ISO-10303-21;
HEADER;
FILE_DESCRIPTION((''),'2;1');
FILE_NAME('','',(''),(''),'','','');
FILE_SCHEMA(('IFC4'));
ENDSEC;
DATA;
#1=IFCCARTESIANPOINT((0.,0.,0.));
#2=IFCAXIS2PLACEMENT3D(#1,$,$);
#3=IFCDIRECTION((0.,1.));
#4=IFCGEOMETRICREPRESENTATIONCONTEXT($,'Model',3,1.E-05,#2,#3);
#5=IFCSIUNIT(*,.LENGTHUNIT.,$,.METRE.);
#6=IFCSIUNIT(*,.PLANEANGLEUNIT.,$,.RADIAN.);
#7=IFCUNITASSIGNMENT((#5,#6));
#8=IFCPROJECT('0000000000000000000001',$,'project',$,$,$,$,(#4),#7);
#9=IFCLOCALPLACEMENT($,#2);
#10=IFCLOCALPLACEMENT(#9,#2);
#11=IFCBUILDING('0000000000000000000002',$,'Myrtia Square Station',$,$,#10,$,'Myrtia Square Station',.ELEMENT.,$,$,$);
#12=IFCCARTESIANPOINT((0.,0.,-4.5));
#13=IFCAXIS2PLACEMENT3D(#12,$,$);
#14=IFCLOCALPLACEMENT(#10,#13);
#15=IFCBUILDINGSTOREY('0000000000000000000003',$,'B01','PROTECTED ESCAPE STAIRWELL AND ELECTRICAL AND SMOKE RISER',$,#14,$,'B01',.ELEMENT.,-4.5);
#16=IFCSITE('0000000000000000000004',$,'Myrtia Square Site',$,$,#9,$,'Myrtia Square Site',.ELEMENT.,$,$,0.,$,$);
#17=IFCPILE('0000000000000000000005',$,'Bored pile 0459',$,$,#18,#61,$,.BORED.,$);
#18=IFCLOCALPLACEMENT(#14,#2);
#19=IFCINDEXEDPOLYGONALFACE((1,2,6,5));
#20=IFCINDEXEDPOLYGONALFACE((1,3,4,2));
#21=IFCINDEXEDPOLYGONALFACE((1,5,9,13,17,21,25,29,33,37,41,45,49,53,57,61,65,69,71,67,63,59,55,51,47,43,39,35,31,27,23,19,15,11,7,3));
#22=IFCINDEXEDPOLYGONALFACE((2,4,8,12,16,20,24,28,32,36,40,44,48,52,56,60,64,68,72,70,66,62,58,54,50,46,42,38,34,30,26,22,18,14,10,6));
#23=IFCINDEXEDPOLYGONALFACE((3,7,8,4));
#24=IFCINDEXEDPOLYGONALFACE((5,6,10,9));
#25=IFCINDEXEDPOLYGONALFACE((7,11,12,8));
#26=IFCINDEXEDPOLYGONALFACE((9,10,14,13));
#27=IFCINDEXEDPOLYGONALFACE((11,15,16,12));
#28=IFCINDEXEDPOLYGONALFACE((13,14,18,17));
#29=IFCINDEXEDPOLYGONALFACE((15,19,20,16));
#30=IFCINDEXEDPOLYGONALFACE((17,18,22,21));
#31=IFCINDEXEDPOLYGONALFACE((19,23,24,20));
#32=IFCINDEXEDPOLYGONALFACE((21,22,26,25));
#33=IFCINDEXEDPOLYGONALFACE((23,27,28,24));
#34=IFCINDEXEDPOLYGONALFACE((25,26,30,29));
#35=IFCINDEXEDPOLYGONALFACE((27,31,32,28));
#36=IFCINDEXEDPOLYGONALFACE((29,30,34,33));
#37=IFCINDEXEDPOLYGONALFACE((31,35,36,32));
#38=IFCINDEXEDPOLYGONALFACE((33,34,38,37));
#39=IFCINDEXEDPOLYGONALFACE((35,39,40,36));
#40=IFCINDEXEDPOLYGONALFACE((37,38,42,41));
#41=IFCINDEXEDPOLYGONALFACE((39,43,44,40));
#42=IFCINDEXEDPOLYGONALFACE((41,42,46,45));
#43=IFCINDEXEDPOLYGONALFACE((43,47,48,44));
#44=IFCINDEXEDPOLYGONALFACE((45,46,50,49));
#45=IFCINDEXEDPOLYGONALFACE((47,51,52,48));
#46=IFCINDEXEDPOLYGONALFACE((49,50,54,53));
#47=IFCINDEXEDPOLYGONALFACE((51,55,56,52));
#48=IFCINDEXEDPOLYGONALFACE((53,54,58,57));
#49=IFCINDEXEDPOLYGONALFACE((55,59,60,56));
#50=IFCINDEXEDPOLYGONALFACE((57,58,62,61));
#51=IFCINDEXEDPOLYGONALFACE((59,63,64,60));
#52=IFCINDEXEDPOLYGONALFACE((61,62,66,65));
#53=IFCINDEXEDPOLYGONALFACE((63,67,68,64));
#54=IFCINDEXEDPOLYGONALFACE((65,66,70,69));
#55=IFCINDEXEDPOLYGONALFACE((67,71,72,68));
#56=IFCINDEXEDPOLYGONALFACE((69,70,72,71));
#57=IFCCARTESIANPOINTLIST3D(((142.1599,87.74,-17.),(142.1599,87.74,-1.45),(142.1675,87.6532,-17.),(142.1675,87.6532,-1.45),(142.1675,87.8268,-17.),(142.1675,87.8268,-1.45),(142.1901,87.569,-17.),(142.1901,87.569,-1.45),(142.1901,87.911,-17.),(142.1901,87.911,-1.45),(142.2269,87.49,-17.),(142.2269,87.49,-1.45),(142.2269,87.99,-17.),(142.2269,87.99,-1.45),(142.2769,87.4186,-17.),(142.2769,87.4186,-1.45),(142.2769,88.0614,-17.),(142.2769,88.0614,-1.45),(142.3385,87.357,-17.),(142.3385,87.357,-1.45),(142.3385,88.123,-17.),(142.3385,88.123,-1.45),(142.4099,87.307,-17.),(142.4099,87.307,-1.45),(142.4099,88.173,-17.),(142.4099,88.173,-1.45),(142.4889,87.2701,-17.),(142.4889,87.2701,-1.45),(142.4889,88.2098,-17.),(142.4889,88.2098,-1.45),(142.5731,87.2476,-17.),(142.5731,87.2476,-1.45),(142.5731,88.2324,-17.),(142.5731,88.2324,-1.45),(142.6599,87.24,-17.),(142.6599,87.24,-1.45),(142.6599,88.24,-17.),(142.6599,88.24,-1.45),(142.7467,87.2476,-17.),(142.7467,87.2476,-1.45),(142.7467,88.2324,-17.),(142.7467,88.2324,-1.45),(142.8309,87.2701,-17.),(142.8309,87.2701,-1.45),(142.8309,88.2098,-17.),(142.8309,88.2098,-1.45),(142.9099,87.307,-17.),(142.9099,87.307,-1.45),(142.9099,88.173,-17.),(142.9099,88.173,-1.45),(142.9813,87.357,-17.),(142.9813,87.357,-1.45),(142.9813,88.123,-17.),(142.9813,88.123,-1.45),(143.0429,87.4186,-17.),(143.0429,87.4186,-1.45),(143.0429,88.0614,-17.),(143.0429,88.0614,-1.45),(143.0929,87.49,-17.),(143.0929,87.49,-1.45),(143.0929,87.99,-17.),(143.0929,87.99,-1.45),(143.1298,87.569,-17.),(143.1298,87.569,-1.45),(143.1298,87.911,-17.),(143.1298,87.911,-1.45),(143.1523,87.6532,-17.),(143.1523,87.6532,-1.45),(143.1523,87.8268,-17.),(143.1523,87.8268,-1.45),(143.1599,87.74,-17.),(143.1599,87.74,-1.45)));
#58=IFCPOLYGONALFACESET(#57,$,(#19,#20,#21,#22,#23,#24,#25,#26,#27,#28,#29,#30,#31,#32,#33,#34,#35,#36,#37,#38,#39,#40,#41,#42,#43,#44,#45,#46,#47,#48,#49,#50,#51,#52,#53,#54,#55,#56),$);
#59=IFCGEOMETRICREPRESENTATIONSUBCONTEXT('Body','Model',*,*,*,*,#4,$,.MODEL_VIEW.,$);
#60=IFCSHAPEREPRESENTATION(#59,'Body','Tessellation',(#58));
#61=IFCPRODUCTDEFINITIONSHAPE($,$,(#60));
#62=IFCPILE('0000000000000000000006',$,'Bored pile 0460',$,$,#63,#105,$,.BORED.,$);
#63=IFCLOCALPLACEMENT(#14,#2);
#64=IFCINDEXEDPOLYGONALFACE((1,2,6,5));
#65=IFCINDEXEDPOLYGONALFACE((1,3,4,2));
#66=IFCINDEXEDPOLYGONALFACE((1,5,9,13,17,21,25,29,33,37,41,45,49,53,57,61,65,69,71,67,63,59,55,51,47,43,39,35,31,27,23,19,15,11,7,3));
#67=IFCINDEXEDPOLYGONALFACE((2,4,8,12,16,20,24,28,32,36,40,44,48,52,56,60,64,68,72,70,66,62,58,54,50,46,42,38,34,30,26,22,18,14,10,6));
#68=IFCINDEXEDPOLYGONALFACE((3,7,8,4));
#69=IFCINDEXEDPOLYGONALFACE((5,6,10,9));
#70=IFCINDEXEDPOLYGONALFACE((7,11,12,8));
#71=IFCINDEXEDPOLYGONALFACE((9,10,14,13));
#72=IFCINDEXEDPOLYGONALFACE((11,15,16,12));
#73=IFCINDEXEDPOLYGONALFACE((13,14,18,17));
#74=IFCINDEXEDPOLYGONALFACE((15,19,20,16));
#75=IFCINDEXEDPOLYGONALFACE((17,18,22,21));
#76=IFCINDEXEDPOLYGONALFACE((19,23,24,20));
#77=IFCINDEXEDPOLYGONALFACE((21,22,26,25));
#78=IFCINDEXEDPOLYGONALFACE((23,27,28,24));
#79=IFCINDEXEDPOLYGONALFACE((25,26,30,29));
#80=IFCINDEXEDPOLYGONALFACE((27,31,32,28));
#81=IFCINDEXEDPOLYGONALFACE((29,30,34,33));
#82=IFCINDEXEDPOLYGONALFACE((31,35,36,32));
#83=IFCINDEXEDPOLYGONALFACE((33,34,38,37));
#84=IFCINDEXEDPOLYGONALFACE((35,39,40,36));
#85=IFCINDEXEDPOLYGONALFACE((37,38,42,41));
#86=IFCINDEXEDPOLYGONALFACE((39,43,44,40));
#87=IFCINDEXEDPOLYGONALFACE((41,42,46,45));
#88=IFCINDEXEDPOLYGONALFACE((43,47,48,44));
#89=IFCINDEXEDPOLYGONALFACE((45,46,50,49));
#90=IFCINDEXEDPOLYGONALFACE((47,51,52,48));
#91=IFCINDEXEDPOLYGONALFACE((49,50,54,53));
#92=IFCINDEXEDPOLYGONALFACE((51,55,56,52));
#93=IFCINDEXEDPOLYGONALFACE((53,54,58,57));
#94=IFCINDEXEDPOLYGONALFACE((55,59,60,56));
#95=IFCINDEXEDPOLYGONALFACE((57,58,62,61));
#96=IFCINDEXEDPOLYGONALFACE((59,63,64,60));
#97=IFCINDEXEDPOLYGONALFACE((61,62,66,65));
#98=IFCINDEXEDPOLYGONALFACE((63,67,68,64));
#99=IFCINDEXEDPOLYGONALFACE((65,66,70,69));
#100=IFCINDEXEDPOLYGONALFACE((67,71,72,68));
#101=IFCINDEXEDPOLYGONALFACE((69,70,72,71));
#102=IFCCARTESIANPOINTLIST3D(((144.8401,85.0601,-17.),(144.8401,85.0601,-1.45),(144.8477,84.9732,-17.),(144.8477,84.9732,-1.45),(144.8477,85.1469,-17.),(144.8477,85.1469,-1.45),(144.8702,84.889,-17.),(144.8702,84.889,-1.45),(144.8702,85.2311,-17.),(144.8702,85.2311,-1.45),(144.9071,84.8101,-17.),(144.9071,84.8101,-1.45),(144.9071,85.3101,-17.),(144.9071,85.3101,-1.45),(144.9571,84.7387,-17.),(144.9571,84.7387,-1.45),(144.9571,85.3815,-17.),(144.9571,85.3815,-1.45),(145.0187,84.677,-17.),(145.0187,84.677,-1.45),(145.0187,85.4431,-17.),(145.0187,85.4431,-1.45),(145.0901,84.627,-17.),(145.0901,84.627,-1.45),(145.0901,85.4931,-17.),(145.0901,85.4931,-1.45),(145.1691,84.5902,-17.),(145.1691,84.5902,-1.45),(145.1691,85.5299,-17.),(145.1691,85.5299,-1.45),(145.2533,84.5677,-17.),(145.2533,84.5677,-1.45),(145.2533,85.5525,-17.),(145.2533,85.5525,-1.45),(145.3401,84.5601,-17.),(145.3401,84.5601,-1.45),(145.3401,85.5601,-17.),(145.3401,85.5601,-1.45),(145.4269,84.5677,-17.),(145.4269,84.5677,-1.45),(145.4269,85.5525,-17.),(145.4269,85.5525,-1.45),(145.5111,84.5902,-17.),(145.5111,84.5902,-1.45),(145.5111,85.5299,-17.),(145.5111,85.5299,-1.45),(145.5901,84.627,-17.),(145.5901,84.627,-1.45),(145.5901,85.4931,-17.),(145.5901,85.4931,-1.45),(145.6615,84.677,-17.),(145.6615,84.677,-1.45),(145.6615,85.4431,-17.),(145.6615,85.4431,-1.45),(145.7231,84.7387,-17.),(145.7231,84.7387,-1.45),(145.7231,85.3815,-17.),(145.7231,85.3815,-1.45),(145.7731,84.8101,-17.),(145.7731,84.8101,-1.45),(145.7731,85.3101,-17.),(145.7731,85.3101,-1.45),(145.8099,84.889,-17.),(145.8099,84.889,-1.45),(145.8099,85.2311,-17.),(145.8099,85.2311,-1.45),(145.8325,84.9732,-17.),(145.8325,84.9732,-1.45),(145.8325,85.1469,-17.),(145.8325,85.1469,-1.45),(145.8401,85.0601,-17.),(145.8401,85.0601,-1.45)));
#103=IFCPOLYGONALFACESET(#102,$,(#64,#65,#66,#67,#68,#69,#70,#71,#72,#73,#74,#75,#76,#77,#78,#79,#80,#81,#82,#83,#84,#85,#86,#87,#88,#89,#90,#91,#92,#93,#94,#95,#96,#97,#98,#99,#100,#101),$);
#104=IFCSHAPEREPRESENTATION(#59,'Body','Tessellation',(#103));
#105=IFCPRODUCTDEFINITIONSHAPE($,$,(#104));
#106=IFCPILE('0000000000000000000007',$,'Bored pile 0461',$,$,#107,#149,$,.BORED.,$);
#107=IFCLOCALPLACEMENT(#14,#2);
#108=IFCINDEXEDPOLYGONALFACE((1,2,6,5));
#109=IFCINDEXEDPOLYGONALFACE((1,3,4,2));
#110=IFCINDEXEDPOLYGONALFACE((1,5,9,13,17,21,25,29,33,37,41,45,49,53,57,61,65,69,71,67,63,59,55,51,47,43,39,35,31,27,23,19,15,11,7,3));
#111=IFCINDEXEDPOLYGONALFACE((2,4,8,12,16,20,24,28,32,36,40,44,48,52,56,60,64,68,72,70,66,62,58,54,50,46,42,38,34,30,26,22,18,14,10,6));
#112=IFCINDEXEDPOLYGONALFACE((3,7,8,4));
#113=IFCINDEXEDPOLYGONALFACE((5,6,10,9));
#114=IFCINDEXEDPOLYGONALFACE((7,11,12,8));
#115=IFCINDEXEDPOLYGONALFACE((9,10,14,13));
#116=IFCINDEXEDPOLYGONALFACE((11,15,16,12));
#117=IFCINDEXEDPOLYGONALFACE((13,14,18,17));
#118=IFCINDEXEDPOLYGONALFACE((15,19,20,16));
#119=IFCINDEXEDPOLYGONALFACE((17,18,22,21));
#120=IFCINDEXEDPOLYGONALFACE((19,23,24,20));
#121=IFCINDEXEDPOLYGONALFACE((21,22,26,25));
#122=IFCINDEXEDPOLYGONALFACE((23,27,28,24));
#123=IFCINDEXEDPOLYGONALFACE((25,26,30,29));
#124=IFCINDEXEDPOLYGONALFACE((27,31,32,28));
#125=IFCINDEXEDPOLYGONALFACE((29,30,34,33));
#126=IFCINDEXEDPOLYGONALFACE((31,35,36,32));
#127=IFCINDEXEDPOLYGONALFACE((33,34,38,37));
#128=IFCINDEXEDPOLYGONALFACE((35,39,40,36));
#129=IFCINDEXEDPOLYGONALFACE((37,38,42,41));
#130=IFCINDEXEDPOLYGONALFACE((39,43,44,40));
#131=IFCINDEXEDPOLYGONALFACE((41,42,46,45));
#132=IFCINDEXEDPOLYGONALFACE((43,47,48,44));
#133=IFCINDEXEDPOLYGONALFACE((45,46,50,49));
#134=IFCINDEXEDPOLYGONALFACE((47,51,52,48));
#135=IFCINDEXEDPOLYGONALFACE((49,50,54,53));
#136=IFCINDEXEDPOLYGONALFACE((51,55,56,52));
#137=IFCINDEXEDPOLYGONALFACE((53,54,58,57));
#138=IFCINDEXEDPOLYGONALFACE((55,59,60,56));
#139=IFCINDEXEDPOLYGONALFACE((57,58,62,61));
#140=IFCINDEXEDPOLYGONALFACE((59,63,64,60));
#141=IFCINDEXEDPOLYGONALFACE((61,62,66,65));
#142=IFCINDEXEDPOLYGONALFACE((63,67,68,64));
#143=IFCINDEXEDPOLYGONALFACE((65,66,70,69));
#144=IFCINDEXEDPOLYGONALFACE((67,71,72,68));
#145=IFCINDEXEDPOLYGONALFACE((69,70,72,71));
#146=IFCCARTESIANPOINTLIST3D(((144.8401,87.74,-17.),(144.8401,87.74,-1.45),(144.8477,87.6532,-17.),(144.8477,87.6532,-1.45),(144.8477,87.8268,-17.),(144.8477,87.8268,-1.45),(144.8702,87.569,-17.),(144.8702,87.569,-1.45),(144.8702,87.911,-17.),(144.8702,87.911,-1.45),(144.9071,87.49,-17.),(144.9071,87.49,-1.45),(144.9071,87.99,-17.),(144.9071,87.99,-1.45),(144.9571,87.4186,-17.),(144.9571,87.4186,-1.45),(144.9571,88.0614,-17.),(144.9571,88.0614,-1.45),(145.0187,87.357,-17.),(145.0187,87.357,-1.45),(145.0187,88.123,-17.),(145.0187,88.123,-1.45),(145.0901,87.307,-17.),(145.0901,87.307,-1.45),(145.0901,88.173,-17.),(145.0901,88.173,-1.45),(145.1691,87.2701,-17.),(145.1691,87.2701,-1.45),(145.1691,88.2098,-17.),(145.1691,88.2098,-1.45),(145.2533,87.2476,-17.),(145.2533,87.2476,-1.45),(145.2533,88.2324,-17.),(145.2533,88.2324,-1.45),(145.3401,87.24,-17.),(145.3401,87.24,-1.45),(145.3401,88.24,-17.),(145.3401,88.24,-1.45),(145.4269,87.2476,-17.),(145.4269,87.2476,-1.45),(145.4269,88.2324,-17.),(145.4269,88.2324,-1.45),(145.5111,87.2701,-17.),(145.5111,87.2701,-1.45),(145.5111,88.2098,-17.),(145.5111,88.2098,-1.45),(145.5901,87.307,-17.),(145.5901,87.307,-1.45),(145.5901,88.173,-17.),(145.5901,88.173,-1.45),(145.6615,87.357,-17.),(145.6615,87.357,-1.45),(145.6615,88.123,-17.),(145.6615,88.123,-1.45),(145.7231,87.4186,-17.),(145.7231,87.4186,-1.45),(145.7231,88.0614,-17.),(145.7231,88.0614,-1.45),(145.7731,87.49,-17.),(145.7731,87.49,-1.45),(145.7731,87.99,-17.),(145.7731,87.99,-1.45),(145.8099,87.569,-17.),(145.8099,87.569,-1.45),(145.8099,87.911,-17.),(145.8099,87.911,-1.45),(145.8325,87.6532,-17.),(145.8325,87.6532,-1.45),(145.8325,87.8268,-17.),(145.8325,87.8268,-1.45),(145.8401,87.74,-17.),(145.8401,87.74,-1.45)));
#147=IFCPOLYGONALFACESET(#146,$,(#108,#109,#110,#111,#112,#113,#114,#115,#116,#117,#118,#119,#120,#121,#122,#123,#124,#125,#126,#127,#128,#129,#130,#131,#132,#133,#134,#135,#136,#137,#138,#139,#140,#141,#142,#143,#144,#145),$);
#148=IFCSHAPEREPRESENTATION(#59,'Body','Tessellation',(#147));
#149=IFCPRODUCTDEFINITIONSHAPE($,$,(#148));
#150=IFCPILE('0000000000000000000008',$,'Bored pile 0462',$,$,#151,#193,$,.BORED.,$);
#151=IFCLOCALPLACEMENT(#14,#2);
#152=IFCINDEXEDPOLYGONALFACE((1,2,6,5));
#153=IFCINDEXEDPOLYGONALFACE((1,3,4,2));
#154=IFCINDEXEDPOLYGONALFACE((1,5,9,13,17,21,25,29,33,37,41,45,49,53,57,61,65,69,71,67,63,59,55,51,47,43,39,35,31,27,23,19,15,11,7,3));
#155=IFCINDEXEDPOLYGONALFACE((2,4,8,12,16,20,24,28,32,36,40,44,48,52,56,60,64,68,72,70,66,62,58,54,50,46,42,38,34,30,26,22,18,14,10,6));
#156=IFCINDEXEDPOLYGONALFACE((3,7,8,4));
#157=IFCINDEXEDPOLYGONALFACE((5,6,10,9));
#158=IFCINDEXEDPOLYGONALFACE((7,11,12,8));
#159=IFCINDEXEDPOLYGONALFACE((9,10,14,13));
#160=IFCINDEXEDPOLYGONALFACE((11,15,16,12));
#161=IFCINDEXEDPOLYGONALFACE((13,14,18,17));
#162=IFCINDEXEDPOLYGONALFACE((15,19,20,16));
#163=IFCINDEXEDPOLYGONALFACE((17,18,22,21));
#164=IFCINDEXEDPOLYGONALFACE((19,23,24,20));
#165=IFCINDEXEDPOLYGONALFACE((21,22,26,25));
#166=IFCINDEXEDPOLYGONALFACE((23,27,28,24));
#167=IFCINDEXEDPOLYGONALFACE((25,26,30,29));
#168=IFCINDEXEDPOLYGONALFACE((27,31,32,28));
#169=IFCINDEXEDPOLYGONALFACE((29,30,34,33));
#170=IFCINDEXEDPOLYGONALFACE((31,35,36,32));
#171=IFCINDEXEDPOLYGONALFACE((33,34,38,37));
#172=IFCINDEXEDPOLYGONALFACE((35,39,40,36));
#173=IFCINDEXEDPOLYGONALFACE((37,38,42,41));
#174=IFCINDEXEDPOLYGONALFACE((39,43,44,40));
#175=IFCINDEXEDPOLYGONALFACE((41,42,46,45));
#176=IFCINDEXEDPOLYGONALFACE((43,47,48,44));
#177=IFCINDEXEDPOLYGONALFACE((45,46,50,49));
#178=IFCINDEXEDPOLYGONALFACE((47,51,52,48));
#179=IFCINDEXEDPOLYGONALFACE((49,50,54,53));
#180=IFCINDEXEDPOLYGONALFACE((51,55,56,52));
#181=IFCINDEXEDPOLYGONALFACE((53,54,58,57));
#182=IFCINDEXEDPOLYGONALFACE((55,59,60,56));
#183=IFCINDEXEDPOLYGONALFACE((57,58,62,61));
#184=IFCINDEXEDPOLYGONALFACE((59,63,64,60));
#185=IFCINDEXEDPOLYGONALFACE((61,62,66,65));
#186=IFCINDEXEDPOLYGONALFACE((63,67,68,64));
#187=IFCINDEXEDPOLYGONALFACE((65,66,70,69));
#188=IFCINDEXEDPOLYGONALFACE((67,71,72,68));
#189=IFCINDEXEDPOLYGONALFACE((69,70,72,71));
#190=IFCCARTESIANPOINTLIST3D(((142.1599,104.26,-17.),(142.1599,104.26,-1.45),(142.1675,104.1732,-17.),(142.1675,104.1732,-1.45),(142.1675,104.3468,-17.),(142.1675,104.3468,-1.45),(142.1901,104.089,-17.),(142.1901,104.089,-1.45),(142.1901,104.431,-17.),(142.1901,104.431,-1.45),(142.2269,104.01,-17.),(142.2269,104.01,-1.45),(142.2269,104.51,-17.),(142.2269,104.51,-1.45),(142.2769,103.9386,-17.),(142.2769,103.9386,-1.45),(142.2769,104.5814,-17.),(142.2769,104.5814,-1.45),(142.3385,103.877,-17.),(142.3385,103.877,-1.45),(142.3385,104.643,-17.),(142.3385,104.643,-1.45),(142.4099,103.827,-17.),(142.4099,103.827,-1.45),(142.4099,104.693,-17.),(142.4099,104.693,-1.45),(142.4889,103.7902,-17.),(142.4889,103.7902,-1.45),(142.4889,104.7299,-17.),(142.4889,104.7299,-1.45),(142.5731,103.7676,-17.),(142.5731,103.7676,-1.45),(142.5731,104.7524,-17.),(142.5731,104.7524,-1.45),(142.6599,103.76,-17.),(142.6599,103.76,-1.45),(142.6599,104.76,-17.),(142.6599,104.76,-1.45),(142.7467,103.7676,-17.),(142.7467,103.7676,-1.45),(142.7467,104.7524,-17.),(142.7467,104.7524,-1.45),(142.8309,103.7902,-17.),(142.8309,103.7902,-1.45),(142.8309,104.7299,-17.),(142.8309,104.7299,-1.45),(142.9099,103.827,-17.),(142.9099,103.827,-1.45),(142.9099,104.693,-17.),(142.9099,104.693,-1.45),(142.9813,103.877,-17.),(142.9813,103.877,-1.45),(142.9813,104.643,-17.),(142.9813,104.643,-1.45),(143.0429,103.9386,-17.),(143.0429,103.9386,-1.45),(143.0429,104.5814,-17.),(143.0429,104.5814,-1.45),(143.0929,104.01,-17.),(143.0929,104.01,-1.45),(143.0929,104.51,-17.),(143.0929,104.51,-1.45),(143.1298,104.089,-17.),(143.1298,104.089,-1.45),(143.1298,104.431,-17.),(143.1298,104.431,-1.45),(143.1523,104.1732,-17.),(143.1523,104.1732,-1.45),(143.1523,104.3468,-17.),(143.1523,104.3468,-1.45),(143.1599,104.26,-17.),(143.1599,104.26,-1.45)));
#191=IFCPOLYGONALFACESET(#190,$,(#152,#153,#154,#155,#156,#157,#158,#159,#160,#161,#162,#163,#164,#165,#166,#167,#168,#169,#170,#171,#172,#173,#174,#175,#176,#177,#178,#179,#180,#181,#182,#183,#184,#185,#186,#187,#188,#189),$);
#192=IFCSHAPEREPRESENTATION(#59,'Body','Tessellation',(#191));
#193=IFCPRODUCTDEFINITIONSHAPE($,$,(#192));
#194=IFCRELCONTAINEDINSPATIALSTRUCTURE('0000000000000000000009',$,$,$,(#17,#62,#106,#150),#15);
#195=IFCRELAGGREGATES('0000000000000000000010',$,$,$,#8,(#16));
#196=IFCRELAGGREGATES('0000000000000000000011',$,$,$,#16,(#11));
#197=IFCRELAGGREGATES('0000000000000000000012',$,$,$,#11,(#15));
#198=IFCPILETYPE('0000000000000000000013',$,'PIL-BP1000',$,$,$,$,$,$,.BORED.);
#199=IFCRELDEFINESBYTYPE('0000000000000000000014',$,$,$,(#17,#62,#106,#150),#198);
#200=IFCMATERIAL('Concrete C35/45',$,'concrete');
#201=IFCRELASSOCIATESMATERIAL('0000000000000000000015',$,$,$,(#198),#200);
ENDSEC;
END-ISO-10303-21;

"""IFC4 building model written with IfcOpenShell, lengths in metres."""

from ifc_helpers import new_model, si_unit, direction, frame, origin, origin_2d, place, context, subcontext, project, spatial, circle, extrude, material, material_profile, profile_set, type_object, element, save


model = new_model("IFC4")

# Units and contexts
model_context = context("Model", 3, precision=1e-05, world=origin(), true_north=direction((0.0, 1.0)))
body_context = subcontext(model_context, "Body", "Model", "MODEL_VIEW")
ifc_project = project(units=[si_unit("LENGTHUNIT", "METRE"), si_unit("PLANEANGLEUNIT", "RADIAN")], contexts=[model_context])

# Site, building, storey
site_placement = place(None, origin())
site = spatial("IfcSite", under=ifc_project, at=site_placement, Name="Myrtia Square Site", LongName="Myrtia Square Site", CompositionType="ELEMENT", RefElevation=0.0)
building_placement = place(site_placement, origin())
building = spatial("IfcBuilding", under=site, at=building_placement, Name="Myrtia Square Station", LongName="Myrtia Square Station", CompositionType="ELEMENT")
storey_placement = place(building_placement, frame((0.0, 0.0, -4.5)))
storey = spatial("IfcBuildingStorey", under=building, at=storey_placement, Name="B01", Description="PROTECTED ESCAPE STAIRWELL AND ELECTRICAL AND SMOKE RISER", LongName="B01", CompositionType="ELEMENT", Elevation=-4.5)

# Shared definitions
ifc_material_1 = material(Name="Concrete C35/45", Category="concrete")

# Piles
ifc_material_profile_1 = material_profile(ifc_material_1, circle(Radius=0.5, at=origin_2d()), Name="BP D1000")
ifc_profile_set_1 = profile_set([ifc_material_profile_1], Name="Concrete C35/45")
pile_type_1 = type_object("IfcPileType", Name="PIL-BP1000", PredefinedType="BORED", material=ifc_profile_set_1)
for number, where, z_axis, x_axis, name in (
    (1, (142.6599, 87.74, -1.45), (0.0, 0.0, -1.0), (1.0, 0.0, 0.0), "Bored pile 0459"),
    (2, (145.3401, 85.0601, -1.45), (0.0, 0.0, -1.0), (1.0, 0.0, 0.0), "Bored pile 0460"),
    (3, (145.3401, 87.74, -1.45), (0.0, 0.0, -1.0), (1.0, 0.0, 0.0), "Bored pile 0461"),
    (4, (142.6599, 104.26, -1.45), (0.0, 0.0, -1.0), (1.0, 0.0, 0.0), "Bored pile 0462"),
):
    element("IfcPile", number, at=place(storey_placement, frame(where, z_axis=z_axis, x_axis=x_axis)), inside=storey, type_object=pile_type_1, Name=name, PredefinedType="BORED", context=body_context, shape_type="SweptSolid", body=[
        extrude(circle(Radius=0.5, at=origin_2d()), origin(), (0.0, 0.0, 1.0), 15.55),
    ])

save(model, "model.ifc")
